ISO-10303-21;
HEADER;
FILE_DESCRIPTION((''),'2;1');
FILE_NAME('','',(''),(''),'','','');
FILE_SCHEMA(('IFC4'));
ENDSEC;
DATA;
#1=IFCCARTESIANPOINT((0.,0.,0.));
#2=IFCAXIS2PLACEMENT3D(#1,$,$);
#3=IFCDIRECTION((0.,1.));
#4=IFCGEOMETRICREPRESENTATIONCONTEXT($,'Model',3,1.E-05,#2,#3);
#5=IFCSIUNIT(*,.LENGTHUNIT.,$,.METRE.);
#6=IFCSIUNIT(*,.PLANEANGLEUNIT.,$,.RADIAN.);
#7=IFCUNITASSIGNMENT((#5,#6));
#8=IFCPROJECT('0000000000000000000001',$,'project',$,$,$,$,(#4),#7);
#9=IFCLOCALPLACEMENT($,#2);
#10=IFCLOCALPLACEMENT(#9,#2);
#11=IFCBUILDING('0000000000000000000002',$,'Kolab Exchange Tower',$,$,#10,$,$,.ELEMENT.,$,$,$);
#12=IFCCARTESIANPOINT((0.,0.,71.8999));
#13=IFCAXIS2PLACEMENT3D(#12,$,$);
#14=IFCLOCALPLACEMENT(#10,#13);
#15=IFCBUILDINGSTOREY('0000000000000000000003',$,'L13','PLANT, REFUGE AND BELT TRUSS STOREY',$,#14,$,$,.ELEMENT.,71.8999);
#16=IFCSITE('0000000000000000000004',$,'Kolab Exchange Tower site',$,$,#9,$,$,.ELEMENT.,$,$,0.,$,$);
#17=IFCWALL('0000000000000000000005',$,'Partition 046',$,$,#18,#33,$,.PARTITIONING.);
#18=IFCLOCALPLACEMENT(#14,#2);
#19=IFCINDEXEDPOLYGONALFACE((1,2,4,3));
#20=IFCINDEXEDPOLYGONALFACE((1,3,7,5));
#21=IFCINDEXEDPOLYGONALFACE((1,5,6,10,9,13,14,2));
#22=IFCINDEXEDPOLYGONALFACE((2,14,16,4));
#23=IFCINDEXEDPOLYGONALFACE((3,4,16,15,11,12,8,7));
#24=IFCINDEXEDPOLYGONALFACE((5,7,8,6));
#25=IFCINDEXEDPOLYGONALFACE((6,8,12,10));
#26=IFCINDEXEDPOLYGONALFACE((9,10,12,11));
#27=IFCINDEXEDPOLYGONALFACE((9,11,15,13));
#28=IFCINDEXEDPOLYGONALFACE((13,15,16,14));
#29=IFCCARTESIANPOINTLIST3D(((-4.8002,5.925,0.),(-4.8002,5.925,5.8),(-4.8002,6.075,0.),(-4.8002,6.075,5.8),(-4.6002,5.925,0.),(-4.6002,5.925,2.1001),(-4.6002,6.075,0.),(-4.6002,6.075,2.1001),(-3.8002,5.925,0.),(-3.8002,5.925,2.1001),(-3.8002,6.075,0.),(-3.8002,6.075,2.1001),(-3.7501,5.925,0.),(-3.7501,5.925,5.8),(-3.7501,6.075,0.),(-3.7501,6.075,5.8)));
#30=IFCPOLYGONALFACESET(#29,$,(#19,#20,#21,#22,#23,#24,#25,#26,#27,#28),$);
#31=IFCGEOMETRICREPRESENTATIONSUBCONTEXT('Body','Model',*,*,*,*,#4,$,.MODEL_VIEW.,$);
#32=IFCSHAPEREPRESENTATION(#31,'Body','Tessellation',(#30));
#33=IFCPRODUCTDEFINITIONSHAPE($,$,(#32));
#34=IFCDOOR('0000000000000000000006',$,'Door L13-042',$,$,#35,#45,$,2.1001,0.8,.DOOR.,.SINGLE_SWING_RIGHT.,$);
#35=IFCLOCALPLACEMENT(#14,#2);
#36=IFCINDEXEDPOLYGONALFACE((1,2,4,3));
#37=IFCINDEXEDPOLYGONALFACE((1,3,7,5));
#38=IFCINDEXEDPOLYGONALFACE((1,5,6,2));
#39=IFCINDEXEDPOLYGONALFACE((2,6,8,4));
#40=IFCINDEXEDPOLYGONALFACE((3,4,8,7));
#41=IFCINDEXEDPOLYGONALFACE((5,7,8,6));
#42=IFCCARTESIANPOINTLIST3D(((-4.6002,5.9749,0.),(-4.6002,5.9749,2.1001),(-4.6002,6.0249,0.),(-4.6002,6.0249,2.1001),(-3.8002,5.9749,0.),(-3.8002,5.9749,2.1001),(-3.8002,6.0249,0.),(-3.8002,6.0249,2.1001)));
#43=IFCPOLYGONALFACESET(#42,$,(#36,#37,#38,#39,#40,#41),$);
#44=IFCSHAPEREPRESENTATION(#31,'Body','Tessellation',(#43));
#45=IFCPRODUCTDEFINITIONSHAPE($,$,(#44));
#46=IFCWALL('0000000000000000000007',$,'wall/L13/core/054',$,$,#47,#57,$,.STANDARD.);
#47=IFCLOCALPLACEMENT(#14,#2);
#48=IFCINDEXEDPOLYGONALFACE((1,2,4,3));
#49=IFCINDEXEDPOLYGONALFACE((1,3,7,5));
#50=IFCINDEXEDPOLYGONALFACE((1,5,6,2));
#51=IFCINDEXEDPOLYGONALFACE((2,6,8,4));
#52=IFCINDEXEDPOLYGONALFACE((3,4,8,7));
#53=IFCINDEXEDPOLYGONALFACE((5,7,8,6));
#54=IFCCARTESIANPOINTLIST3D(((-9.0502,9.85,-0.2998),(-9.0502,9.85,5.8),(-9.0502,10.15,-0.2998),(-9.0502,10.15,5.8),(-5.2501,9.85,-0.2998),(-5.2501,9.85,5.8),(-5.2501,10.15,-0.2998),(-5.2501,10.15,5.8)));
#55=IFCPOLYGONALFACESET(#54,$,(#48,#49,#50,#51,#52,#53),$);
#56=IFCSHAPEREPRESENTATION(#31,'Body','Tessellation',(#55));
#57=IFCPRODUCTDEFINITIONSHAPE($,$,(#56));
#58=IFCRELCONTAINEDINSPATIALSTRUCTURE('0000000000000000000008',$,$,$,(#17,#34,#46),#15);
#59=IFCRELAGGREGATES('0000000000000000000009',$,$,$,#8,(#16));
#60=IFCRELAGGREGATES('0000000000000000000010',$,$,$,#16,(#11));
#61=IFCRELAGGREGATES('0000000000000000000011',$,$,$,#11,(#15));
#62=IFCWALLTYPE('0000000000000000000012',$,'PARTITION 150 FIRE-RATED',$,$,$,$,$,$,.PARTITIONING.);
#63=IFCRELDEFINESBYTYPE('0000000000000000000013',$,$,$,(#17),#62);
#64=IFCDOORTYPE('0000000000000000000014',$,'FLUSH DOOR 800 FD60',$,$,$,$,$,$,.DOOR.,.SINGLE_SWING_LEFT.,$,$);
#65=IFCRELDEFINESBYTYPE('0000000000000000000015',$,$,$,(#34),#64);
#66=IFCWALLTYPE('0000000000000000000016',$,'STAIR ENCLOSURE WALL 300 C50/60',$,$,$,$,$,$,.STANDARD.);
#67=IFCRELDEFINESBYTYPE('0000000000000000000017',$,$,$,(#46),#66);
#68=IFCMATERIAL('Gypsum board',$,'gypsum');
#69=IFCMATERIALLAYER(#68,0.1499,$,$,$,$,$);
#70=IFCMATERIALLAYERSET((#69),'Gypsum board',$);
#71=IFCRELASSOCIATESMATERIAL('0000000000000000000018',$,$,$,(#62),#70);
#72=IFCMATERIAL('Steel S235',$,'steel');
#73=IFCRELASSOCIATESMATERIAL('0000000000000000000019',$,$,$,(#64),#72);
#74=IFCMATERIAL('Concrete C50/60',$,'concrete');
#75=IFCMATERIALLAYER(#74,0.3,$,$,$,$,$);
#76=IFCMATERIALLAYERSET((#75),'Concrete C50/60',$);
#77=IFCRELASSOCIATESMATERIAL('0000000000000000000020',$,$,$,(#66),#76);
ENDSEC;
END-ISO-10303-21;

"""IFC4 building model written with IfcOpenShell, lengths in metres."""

from ifc_helpers import new_model, si_unit, direction, frame, frame_2d, origin, place, context, subcontext, project, spatial, rectangle, extrude, material, layer, layer_set, type_object, element, fill, save


model = new_model("IFC4")

# Units and contexts
model_context = context("Model", 3, precision=1e-05, world=origin(), true_north=direction((0.0, 1.0)))
body_context = subcontext(model_context, "Body", "Model", "MODEL_VIEW")
ifc_project = project(units=[si_unit("LENGTHUNIT", "METRE"), si_unit("PLANEANGLEUNIT", "RADIAN")], contexts=[model_context])

# Site, building, storey
site_placement = place(None, origin())
site = spatial("IfcSite", under=ifc_project, at=site_placement, Name="Kolab Exchange Tower site", CompositionType="ELEMENT", RefElevation=0.0)
building_placement = place(site_placement, origin())
building = spatial("IfcBuilding", under=site, at=building_placement, Name="Kolab Exchange Tower", CompositionType="ELEMENT")
storey_placement = place(building_placement, frame((0.0, 0.0, 71.8999)))
storey = spatial("IfcBuildingStorey", under=building, at=storey_placement, Name="L13", Description="PLANT, REFUGE AND BELT TRUSS STOREY", CompositionType="ELEMENT", Elevation=71.8999)

# Shared definitions
ifc_material_1 = material(Name="Steel S235", Category="steel")

# Shared definitions
ifc_material_2 = material(Name="Concrete C50/60", Category="concrete")
ifc_material_3 = material(Name="Gypsum board", Category="gypsum")
ifc_layer_1 = layer(ifc_material_3, 0.1499)
ifc_layer_set_1 = layer_set([ifc_layer_1], Name="Gypsum board")
wall_type_1 = type_object("IfcWallType", Name="PARTITION 150 FIRE-RATED", PredefinedType="PARTITIONING", material=ifc_layer_set_1)

# Wall, opening, door
wall_1_placement = place(storey_placement, frame((-4.8, 6.0, 0.0), z_axis=(0.0, 0.0, 1.0), x_axis=(1.0, 0.0, 0.0)))
wall_1 = element("IfcWall", 1, at=wall_1_placement, inside=storey, type_object=wall_type_1, Name="Partition 046", PredefinedType="PARTITIONING", context=body_context, shape_type="SweptSolid", body=[
    extrude(rectangle(XDim=1.05, YDim=0.1499, at=frame_2d((0.5249, 0.0))), origin(), (0.0, 0.0, 1.0), 5.8),
])
opening_1_placement = place(wall_1_placement, frame((0.2, 0.0, 0.0)))
opening_1 = element("IfcOpeningElement", 2, at=opening_1_placement, cuts=wall_1, PredefinedType="OPENING", context=body_context, shape_type="SweptSolid", body=[
    extrude(rectangle(XDim=0.8, YDim=2.1001, at=frame_2d((0.3999, 1.05))), frame((0.0, 0.085, 0.0), z_axis=(0.0, -1.0, 0.0), x_axis=(1.0, 0.0, 0.0)), (0.0, 0.0, 1.0), 0.1699),
])
door_type_1 = type_object("IfcDoorType", Name="FLUSH DOOR 800 FD60", OperationType="SINGLE_SWING_LEFT", PredefinedType="DOOR", material=ifc_material_1)
door_1_placement = place(opening_1_placement, origin())
door_1 = element("IfcDoor", 3, at=door_1_placement, inside=storey, type_object=door_type_1, Name="Door L13-042", OperationType="SINGLE_SWING_RIGHT", OverallHeight=2.1001, OverallWidth=0.8, PredefinedType="DOOR", context=body_context, shape_type="SweptSolid", body=[
    extrude(rectangle(XDim=0.8, YDim=2.1001, at=frame_2d((0.3999, 1.05))), frame((0.0, 0.0249, 0.0), z_axis=(0.0, -1.0, 0.0), x_axis=(1.0, 0.0, 0.0)), (0.0, 0.0, 1.0), 0.05),
])
fill(opening_1, door_1)

# Wall
ifc_layer_2 = layer(ifc_material_2, 0.3)
ifc_layer_set_2 = layer_set([ifc_layer_2], Name="Concrete C50/60")
wall_type_2 = type_object("IfcWallType", Name="STAIR ENCLOSURE WALL 300 C50/60", PredefinedType="STANDARD", material=ifc_layer_set_2)
wall_2_placement = place(storey_placement, frame((-9.05, 10.0, -0.2998), z_axis=(0.0, 0.0, 1.0), x_axis=(1.0, 0.0, 0.0)))
element("IfcWall", 4, at=wall_2_placement, inside=storey, type_object=wall_type_2, Name="wall/L13/core/054", PredefinedType="STANDARD", context=body_context, shape_type="SweptSolid", body=[
    extrude(rectangle(XDim=3.8, YDim=0.3, at=frame_2d((1.8999, 0.0))), origin(), (0.0, 0.0, 1.0), 6.0999),
])

save(model, "model.ifc")
